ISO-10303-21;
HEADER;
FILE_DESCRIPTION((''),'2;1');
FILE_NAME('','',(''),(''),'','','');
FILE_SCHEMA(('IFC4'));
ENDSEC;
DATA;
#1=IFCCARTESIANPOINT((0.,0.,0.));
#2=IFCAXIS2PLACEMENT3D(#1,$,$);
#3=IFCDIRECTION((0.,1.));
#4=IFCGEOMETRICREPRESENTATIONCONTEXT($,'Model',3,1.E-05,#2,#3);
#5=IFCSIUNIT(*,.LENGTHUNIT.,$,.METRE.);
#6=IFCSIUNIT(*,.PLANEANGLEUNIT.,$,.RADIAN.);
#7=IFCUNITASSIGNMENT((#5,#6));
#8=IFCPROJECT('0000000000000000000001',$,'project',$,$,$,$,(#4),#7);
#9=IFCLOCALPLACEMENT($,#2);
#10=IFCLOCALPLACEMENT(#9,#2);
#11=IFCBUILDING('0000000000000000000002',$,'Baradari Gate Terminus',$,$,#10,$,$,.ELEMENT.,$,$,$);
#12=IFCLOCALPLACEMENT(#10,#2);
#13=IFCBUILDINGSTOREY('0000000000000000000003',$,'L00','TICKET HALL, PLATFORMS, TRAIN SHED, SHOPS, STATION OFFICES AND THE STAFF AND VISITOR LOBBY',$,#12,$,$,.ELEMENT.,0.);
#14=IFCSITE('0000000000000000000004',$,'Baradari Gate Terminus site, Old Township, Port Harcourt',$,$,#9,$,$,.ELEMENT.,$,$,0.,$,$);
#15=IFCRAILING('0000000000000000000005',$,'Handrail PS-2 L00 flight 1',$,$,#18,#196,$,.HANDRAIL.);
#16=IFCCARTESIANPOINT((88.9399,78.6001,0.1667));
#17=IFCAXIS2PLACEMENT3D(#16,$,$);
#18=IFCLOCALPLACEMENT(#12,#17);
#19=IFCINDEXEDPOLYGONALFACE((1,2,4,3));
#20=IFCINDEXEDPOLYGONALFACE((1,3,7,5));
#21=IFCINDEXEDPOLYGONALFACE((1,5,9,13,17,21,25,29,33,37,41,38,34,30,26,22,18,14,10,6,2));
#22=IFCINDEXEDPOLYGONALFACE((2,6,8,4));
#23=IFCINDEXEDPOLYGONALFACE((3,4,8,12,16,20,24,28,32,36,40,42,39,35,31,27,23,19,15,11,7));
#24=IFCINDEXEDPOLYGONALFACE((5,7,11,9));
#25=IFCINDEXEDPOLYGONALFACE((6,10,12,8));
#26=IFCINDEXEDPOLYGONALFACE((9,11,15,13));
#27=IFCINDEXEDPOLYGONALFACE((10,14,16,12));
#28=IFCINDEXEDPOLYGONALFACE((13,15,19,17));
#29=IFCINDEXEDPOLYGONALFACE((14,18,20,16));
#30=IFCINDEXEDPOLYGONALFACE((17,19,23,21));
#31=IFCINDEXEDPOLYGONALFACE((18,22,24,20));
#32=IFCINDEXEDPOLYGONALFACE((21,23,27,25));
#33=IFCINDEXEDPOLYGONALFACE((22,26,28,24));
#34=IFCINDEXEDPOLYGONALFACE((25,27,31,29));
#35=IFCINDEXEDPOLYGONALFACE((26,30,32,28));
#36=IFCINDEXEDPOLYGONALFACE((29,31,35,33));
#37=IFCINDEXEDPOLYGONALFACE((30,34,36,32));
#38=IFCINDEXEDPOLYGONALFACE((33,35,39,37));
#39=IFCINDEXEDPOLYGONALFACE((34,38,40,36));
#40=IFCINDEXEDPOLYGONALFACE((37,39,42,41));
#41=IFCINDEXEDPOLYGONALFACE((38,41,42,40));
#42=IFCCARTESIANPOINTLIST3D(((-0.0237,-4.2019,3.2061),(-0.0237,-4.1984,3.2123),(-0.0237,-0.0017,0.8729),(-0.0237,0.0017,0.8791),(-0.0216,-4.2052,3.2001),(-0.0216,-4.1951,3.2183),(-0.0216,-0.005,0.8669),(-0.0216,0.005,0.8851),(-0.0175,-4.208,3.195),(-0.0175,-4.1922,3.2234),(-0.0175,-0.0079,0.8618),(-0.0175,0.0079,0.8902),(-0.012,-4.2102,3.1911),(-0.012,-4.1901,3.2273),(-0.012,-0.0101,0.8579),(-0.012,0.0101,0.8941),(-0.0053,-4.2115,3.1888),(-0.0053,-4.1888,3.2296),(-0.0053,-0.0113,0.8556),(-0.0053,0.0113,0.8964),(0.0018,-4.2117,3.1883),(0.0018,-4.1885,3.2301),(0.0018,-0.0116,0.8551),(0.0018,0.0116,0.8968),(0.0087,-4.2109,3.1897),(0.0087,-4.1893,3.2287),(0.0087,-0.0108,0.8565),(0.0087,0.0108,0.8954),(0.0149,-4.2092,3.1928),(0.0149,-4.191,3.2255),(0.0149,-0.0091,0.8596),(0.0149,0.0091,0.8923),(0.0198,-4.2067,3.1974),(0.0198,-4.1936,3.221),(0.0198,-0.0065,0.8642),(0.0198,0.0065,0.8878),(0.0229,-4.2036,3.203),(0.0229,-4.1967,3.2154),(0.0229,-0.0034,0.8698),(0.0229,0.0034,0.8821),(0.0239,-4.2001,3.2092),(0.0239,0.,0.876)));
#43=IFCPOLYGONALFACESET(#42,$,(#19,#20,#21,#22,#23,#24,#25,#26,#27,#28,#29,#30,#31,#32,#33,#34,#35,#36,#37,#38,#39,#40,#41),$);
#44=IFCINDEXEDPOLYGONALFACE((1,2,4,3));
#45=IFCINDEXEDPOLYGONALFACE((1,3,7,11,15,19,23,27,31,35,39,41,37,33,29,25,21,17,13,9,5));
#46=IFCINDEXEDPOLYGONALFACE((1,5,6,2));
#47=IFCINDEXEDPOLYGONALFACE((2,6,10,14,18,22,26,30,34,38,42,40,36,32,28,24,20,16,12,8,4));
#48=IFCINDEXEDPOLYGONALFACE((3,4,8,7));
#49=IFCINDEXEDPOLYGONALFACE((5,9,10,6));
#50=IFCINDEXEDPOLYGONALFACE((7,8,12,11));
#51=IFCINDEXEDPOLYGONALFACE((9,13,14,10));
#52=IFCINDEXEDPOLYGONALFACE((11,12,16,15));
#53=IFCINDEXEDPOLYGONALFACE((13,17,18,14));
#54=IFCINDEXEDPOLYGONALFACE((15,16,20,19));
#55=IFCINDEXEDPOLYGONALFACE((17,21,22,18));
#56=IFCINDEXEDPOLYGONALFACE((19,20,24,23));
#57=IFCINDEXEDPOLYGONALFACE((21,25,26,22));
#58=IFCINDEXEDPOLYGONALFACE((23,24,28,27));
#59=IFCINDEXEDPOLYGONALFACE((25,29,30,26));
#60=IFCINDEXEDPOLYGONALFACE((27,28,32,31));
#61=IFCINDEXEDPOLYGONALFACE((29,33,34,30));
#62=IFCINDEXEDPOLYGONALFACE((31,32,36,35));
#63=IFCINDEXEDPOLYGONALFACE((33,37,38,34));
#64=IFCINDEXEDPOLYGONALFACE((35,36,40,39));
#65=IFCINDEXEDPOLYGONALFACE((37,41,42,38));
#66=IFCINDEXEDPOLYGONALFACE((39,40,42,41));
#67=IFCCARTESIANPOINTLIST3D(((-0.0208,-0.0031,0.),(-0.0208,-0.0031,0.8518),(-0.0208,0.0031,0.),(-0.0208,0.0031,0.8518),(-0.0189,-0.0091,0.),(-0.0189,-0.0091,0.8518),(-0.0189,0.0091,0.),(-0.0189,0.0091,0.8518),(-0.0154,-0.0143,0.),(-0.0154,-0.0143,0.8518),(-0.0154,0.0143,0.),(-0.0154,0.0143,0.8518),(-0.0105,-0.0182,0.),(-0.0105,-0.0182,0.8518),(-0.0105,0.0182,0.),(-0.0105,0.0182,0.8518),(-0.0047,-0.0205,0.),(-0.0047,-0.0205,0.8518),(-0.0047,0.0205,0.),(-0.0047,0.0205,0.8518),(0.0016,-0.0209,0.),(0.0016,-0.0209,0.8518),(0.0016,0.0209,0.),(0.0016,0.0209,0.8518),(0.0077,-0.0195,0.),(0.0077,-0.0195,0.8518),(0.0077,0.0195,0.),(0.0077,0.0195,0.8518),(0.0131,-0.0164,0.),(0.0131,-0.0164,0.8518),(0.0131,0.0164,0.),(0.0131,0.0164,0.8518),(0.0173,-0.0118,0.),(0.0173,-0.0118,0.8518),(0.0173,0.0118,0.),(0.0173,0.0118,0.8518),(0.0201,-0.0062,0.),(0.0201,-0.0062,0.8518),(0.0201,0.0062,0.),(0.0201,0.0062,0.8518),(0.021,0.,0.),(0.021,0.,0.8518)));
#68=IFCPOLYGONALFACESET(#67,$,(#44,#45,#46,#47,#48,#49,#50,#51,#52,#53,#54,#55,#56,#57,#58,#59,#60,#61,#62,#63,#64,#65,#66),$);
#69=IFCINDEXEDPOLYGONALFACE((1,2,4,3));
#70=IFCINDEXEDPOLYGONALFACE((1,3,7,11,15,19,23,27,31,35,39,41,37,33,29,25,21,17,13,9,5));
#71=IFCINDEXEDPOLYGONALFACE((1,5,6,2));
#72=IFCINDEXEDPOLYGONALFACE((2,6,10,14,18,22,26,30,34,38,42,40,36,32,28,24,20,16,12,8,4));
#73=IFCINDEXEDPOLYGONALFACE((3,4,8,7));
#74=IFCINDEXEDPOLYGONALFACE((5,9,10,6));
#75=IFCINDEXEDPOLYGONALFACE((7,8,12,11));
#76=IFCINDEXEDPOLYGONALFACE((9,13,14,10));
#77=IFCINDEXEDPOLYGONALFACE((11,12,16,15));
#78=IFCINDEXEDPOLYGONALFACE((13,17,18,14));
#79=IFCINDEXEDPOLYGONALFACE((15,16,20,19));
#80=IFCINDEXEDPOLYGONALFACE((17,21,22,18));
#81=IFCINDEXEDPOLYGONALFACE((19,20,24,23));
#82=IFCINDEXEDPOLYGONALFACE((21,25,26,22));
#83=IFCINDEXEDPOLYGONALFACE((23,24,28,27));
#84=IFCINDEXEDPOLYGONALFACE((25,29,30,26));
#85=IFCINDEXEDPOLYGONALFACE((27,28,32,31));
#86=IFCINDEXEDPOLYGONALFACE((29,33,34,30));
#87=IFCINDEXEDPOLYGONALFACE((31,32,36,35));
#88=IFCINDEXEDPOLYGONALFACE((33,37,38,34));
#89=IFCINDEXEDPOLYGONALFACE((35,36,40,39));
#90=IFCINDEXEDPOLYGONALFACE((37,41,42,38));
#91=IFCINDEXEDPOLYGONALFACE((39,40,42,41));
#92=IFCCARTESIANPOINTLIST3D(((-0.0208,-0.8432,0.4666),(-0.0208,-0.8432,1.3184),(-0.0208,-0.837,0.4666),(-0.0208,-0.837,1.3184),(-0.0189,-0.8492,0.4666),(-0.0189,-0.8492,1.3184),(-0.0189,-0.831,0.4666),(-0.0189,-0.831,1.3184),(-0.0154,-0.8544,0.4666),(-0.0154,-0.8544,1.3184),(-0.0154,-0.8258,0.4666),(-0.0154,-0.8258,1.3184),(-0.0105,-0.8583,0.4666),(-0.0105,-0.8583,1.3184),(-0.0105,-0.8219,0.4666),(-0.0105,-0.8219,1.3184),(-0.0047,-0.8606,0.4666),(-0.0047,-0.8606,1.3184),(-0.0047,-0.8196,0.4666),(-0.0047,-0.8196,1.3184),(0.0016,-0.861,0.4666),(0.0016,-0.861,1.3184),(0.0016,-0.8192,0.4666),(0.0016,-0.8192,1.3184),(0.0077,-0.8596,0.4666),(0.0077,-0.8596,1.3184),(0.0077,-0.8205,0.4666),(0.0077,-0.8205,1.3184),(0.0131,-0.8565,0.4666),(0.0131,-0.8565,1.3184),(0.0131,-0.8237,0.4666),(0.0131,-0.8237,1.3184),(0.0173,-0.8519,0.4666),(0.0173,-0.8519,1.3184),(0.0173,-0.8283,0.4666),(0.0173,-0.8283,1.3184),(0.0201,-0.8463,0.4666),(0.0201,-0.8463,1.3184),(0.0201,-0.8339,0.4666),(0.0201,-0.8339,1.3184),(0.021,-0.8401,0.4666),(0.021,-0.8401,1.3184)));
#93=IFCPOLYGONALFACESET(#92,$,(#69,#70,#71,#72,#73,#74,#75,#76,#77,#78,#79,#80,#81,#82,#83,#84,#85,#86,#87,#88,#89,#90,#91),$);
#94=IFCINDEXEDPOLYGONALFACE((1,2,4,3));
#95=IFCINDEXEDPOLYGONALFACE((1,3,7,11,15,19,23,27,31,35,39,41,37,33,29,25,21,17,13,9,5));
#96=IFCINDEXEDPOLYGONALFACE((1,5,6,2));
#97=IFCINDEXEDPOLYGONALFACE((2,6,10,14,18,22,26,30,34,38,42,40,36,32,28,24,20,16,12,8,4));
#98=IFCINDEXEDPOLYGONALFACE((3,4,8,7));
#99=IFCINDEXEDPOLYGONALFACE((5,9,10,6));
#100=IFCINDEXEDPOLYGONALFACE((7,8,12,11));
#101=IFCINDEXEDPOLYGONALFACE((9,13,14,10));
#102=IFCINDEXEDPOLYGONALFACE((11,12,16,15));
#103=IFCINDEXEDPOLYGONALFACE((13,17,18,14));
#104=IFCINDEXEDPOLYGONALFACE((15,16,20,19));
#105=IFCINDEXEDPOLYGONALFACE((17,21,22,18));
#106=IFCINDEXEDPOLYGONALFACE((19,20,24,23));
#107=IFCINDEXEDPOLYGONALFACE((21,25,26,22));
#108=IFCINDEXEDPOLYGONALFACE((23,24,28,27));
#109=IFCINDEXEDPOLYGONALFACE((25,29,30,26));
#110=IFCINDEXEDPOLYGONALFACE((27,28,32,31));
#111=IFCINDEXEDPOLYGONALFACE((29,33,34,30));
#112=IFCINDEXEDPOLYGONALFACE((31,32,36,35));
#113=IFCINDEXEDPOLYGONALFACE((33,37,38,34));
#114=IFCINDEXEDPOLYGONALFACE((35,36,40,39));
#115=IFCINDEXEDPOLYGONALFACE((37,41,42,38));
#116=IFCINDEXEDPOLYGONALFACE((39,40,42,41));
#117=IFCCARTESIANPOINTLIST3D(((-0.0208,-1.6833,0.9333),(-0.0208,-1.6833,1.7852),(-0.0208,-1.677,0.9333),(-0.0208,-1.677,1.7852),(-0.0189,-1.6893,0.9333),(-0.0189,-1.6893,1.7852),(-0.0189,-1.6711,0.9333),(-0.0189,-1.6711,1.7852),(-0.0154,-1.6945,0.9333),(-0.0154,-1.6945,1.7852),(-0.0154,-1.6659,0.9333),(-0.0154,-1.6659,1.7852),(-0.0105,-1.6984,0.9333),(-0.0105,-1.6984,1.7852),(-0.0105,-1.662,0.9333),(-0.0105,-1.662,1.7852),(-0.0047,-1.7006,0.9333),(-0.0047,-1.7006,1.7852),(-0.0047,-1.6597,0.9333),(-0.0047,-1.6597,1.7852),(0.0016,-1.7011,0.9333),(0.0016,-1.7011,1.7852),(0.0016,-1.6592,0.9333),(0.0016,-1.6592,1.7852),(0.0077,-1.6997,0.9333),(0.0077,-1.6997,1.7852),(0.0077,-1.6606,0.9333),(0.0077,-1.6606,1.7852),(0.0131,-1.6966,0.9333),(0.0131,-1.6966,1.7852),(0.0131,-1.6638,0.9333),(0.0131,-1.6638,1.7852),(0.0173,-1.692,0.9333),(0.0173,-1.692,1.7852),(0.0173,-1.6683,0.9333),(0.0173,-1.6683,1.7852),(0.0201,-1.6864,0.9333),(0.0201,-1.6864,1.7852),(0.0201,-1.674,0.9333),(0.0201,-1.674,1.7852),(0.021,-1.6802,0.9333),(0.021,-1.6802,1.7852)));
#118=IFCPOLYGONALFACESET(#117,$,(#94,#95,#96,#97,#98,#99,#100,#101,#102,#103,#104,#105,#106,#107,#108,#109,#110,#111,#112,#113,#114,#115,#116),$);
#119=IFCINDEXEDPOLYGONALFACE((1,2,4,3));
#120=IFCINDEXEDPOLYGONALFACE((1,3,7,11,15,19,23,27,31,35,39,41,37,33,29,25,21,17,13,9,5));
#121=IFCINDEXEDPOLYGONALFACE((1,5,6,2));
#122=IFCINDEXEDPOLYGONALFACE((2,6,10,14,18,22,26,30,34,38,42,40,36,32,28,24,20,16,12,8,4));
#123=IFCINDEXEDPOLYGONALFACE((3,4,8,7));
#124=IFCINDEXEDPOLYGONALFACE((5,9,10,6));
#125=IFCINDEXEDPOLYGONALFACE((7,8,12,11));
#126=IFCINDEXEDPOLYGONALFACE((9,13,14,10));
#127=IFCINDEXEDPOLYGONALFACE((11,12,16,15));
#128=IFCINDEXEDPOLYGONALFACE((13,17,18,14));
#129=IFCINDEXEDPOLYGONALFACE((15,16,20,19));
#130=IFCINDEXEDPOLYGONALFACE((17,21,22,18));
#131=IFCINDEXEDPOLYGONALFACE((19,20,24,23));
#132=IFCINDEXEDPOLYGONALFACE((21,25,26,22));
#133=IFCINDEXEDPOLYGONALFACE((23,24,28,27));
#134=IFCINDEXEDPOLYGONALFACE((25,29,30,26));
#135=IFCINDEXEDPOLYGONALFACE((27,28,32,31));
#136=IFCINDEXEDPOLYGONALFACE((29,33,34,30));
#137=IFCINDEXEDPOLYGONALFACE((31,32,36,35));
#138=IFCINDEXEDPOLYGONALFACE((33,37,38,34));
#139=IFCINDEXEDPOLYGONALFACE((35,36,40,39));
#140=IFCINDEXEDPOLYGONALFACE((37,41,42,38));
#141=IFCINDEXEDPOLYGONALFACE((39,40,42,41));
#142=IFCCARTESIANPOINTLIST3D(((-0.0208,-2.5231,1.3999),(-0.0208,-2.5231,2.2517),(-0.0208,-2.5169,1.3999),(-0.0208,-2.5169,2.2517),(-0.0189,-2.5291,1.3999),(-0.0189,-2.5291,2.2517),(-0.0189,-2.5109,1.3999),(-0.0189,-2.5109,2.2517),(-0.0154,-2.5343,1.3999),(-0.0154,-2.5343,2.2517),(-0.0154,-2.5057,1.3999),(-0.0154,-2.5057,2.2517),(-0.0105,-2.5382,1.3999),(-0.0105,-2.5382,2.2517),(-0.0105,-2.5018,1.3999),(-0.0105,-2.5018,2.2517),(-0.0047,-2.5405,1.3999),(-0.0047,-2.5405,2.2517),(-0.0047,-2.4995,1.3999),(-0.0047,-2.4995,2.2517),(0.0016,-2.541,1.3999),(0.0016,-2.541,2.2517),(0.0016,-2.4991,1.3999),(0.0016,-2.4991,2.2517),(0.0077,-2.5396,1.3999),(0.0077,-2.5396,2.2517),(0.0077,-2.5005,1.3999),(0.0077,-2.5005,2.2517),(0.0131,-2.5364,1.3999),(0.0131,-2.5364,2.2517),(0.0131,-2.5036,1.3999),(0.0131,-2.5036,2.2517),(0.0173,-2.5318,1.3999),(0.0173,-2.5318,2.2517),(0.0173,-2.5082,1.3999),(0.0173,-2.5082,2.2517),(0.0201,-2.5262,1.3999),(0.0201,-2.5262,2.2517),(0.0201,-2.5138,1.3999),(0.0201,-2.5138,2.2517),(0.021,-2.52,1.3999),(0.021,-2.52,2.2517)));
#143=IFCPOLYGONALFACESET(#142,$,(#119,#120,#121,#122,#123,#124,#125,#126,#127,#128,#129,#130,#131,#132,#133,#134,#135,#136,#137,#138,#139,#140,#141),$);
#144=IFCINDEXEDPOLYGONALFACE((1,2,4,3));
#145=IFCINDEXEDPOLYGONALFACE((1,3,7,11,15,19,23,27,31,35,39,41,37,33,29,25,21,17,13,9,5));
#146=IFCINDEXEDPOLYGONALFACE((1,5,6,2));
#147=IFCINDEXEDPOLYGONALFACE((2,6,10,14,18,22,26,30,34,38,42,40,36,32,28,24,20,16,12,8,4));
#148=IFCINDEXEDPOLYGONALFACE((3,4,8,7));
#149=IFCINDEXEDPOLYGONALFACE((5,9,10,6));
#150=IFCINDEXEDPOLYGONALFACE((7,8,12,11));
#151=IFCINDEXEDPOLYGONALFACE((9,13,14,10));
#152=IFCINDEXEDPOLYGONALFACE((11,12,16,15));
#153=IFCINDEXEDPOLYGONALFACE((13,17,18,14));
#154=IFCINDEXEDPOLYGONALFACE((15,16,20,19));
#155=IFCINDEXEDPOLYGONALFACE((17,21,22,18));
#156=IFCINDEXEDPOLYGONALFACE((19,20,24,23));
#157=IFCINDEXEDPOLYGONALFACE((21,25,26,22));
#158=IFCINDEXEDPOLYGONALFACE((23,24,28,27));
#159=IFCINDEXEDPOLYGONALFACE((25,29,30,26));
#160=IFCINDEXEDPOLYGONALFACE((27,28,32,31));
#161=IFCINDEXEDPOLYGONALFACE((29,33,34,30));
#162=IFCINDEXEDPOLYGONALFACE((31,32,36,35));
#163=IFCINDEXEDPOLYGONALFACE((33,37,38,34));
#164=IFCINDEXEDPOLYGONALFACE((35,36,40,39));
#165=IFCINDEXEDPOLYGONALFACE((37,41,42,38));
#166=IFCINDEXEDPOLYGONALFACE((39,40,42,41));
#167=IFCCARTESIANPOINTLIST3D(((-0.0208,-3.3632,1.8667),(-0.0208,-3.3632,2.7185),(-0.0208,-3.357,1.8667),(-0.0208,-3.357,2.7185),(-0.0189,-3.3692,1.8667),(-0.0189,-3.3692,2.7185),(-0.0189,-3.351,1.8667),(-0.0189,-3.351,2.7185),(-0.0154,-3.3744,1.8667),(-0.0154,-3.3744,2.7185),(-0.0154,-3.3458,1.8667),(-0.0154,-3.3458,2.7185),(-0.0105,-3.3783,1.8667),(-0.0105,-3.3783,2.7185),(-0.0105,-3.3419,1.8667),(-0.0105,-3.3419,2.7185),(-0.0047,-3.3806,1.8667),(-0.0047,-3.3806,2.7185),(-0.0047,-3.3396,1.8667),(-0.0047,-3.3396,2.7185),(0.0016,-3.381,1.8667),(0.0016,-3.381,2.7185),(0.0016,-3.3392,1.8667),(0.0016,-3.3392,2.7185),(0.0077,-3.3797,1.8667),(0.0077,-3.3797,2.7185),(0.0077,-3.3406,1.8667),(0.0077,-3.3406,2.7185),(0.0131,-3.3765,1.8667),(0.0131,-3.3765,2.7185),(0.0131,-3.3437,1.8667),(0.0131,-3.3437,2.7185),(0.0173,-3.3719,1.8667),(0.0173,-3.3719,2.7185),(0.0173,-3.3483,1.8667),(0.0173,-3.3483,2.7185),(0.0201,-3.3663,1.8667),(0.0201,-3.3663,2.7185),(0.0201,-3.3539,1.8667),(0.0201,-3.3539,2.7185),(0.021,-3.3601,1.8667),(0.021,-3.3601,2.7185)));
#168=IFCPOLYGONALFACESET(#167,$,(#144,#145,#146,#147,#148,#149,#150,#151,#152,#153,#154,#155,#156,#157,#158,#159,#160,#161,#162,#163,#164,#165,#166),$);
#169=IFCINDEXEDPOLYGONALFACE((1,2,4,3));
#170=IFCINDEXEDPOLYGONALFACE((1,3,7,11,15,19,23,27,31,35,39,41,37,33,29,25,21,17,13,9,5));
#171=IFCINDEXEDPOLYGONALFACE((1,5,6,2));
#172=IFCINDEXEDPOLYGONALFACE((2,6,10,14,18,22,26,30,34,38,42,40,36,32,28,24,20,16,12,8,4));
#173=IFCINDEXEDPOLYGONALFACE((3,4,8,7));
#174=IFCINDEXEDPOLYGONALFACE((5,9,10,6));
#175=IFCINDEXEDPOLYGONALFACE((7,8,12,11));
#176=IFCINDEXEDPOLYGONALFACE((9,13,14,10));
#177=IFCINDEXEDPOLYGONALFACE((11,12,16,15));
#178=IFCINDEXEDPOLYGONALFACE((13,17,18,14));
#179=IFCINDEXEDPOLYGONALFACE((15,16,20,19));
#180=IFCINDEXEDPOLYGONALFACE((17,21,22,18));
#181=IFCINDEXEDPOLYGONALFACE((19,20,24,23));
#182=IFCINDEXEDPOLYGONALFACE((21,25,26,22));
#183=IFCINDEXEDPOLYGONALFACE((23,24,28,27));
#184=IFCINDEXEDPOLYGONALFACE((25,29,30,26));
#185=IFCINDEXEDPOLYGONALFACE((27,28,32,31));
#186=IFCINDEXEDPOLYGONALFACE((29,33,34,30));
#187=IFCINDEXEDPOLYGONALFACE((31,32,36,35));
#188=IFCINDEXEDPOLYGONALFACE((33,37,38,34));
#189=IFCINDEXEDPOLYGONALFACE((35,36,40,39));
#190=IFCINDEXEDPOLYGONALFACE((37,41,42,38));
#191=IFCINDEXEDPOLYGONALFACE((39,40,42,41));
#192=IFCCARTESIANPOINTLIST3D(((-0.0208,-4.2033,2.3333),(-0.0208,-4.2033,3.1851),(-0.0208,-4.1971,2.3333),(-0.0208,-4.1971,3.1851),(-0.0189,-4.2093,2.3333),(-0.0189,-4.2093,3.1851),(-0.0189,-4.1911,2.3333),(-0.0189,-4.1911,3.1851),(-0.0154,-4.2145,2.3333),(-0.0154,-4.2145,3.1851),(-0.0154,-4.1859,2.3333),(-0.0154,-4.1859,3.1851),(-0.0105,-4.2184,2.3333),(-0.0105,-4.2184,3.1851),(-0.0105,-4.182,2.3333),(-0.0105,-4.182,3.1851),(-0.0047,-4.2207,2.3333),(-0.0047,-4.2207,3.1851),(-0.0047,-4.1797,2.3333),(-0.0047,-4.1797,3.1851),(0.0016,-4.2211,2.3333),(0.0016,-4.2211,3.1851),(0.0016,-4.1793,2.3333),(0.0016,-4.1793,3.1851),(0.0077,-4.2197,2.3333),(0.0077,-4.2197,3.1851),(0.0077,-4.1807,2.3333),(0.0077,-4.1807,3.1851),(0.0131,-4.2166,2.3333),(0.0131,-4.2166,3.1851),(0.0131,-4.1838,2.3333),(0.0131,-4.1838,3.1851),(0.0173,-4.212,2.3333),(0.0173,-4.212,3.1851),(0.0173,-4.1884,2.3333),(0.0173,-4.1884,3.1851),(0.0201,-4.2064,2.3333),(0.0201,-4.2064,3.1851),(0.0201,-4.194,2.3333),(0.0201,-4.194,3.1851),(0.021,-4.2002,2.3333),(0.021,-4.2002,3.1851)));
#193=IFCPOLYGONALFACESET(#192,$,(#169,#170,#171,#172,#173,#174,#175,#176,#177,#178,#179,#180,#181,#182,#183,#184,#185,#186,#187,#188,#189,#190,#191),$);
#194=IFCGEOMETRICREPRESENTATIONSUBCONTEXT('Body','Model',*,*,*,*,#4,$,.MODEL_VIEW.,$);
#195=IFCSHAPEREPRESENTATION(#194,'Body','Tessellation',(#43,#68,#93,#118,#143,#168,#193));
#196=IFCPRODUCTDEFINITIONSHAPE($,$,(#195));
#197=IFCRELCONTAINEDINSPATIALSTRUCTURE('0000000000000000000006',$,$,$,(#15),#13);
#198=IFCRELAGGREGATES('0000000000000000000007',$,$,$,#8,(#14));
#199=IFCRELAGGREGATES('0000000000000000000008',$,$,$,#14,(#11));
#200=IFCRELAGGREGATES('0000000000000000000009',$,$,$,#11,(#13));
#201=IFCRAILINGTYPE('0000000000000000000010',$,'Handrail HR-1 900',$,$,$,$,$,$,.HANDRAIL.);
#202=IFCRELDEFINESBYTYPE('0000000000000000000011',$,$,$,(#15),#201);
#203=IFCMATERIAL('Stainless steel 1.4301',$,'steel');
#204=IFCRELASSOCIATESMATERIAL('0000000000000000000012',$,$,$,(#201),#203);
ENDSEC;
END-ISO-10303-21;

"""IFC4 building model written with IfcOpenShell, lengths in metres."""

from ifc_helpers import new_model, si_unit, direction, frame, origin, origin_2d, place, context, subcontext, project, spatial, circle, extrude, material, type_object, element, save


model = new_model("IFC4")

# Units and contexts
model_context = context("Model", 3, precision=1e-05, world=origin(), true_north=direction((0.0, 1.0)))
body_context = subcontext(model_context, "Body", "Model", "MODEL_VIEW")
ifc_project = project(units=[si_unit("LENGTHUNIT", "METRE"), si_unit("PLANEANGLEUNIT", "RADIAN")], contexts=[model_context])

# Site, building, storey
site_placement = place(None, origin())
site = spatial("IfcSite", under=ifc_project, at=site_placement, Name="Baradari Gate Terminus site, Old Township, Port Harcourt", CompositionType="ELEMENT", RefElevation=0.0)
building_placement = place(site_placement, origin())
building = spatial("IfcBuilding", under=site, at=building_placement, Name="Baradari Gate Terminus", CompositionType="ELEMENT")
storey_placement = place(building_placement, origin())
storey = spatial("IfcBuildingStorey", under=building, at=storey_placement, Name="L00", Description="TICKET HALL, PLATFORMS, TRAIN SHED, SHOPS, STATION OFFICES AND THE STAFF AND VISITOR LOBBY", CompositionType="ELEMENT", Elevation=0.0)

# Railing
ifc_material_1 = material(Name="Stainless steel 1.4301", Category="steel")
railing_type_1 = type_object("IfcRailingType", Name="Handrail HR-1 900", PredefinedType="HANDRAIL", material=ifc_material_1)
for number, where, name in (
    (1, (88.9399, 78.6001, 0.1667), "Handrail PS-2 L00 flight 1"),
):
    element("IfcRailing", number, at=place(storey_placement, frame(where)), inside=storey, type_object=railing_type_1, Name=name, PredefinedType="HANDRAIL", context=body_context, shape_type="SweptSolid", body=[
        extrude(circle(Radius=0.0239, at=origin_2d()), frame((0.0, 0.0, 0.876), z_axis=(0.0, -0.874174, 0.485613), x_axis=(1.0, 0.0, 0.0)), (0.0, 0.0, 1.0), 4.8047),
        extrude(circle(Radius=0.021, at=origin_2d()), origin(), (0.0, 0.0, 1.0), 0.8518),
        extrude(circle(Radius=0.021, at=origin_2d()), frame((0.0, -0.8401, 0.4666)), (0.0, 0.0, 1.0), 0.8518),
        extrude(circle(Radius=0.021, at=origin_2d()), frame((0.0, -1.6802, 0.9333)), (0.0, 0.0, 1.0), 0.8518),
        extrude(circle(Radius=0.021, at=origin_2d()), frame((0.0, -2.52, 1.3999)), (0.0, 0.0, 1.0), 0.8518),
        extrude(circle(Radius=0.021, at=origin_2d()), frame((0.0, -3.3601, 1.8667)), (0.0, 0.0, 1.0), 0.8518),
        extrude(circle(Radius=0.021, at=origin_2d()), frame((0.0, -4.2002, 2.3333)), (0.0, 0.0, 1.0), 0.8518),
    ])

save(model, "model.ifc")
